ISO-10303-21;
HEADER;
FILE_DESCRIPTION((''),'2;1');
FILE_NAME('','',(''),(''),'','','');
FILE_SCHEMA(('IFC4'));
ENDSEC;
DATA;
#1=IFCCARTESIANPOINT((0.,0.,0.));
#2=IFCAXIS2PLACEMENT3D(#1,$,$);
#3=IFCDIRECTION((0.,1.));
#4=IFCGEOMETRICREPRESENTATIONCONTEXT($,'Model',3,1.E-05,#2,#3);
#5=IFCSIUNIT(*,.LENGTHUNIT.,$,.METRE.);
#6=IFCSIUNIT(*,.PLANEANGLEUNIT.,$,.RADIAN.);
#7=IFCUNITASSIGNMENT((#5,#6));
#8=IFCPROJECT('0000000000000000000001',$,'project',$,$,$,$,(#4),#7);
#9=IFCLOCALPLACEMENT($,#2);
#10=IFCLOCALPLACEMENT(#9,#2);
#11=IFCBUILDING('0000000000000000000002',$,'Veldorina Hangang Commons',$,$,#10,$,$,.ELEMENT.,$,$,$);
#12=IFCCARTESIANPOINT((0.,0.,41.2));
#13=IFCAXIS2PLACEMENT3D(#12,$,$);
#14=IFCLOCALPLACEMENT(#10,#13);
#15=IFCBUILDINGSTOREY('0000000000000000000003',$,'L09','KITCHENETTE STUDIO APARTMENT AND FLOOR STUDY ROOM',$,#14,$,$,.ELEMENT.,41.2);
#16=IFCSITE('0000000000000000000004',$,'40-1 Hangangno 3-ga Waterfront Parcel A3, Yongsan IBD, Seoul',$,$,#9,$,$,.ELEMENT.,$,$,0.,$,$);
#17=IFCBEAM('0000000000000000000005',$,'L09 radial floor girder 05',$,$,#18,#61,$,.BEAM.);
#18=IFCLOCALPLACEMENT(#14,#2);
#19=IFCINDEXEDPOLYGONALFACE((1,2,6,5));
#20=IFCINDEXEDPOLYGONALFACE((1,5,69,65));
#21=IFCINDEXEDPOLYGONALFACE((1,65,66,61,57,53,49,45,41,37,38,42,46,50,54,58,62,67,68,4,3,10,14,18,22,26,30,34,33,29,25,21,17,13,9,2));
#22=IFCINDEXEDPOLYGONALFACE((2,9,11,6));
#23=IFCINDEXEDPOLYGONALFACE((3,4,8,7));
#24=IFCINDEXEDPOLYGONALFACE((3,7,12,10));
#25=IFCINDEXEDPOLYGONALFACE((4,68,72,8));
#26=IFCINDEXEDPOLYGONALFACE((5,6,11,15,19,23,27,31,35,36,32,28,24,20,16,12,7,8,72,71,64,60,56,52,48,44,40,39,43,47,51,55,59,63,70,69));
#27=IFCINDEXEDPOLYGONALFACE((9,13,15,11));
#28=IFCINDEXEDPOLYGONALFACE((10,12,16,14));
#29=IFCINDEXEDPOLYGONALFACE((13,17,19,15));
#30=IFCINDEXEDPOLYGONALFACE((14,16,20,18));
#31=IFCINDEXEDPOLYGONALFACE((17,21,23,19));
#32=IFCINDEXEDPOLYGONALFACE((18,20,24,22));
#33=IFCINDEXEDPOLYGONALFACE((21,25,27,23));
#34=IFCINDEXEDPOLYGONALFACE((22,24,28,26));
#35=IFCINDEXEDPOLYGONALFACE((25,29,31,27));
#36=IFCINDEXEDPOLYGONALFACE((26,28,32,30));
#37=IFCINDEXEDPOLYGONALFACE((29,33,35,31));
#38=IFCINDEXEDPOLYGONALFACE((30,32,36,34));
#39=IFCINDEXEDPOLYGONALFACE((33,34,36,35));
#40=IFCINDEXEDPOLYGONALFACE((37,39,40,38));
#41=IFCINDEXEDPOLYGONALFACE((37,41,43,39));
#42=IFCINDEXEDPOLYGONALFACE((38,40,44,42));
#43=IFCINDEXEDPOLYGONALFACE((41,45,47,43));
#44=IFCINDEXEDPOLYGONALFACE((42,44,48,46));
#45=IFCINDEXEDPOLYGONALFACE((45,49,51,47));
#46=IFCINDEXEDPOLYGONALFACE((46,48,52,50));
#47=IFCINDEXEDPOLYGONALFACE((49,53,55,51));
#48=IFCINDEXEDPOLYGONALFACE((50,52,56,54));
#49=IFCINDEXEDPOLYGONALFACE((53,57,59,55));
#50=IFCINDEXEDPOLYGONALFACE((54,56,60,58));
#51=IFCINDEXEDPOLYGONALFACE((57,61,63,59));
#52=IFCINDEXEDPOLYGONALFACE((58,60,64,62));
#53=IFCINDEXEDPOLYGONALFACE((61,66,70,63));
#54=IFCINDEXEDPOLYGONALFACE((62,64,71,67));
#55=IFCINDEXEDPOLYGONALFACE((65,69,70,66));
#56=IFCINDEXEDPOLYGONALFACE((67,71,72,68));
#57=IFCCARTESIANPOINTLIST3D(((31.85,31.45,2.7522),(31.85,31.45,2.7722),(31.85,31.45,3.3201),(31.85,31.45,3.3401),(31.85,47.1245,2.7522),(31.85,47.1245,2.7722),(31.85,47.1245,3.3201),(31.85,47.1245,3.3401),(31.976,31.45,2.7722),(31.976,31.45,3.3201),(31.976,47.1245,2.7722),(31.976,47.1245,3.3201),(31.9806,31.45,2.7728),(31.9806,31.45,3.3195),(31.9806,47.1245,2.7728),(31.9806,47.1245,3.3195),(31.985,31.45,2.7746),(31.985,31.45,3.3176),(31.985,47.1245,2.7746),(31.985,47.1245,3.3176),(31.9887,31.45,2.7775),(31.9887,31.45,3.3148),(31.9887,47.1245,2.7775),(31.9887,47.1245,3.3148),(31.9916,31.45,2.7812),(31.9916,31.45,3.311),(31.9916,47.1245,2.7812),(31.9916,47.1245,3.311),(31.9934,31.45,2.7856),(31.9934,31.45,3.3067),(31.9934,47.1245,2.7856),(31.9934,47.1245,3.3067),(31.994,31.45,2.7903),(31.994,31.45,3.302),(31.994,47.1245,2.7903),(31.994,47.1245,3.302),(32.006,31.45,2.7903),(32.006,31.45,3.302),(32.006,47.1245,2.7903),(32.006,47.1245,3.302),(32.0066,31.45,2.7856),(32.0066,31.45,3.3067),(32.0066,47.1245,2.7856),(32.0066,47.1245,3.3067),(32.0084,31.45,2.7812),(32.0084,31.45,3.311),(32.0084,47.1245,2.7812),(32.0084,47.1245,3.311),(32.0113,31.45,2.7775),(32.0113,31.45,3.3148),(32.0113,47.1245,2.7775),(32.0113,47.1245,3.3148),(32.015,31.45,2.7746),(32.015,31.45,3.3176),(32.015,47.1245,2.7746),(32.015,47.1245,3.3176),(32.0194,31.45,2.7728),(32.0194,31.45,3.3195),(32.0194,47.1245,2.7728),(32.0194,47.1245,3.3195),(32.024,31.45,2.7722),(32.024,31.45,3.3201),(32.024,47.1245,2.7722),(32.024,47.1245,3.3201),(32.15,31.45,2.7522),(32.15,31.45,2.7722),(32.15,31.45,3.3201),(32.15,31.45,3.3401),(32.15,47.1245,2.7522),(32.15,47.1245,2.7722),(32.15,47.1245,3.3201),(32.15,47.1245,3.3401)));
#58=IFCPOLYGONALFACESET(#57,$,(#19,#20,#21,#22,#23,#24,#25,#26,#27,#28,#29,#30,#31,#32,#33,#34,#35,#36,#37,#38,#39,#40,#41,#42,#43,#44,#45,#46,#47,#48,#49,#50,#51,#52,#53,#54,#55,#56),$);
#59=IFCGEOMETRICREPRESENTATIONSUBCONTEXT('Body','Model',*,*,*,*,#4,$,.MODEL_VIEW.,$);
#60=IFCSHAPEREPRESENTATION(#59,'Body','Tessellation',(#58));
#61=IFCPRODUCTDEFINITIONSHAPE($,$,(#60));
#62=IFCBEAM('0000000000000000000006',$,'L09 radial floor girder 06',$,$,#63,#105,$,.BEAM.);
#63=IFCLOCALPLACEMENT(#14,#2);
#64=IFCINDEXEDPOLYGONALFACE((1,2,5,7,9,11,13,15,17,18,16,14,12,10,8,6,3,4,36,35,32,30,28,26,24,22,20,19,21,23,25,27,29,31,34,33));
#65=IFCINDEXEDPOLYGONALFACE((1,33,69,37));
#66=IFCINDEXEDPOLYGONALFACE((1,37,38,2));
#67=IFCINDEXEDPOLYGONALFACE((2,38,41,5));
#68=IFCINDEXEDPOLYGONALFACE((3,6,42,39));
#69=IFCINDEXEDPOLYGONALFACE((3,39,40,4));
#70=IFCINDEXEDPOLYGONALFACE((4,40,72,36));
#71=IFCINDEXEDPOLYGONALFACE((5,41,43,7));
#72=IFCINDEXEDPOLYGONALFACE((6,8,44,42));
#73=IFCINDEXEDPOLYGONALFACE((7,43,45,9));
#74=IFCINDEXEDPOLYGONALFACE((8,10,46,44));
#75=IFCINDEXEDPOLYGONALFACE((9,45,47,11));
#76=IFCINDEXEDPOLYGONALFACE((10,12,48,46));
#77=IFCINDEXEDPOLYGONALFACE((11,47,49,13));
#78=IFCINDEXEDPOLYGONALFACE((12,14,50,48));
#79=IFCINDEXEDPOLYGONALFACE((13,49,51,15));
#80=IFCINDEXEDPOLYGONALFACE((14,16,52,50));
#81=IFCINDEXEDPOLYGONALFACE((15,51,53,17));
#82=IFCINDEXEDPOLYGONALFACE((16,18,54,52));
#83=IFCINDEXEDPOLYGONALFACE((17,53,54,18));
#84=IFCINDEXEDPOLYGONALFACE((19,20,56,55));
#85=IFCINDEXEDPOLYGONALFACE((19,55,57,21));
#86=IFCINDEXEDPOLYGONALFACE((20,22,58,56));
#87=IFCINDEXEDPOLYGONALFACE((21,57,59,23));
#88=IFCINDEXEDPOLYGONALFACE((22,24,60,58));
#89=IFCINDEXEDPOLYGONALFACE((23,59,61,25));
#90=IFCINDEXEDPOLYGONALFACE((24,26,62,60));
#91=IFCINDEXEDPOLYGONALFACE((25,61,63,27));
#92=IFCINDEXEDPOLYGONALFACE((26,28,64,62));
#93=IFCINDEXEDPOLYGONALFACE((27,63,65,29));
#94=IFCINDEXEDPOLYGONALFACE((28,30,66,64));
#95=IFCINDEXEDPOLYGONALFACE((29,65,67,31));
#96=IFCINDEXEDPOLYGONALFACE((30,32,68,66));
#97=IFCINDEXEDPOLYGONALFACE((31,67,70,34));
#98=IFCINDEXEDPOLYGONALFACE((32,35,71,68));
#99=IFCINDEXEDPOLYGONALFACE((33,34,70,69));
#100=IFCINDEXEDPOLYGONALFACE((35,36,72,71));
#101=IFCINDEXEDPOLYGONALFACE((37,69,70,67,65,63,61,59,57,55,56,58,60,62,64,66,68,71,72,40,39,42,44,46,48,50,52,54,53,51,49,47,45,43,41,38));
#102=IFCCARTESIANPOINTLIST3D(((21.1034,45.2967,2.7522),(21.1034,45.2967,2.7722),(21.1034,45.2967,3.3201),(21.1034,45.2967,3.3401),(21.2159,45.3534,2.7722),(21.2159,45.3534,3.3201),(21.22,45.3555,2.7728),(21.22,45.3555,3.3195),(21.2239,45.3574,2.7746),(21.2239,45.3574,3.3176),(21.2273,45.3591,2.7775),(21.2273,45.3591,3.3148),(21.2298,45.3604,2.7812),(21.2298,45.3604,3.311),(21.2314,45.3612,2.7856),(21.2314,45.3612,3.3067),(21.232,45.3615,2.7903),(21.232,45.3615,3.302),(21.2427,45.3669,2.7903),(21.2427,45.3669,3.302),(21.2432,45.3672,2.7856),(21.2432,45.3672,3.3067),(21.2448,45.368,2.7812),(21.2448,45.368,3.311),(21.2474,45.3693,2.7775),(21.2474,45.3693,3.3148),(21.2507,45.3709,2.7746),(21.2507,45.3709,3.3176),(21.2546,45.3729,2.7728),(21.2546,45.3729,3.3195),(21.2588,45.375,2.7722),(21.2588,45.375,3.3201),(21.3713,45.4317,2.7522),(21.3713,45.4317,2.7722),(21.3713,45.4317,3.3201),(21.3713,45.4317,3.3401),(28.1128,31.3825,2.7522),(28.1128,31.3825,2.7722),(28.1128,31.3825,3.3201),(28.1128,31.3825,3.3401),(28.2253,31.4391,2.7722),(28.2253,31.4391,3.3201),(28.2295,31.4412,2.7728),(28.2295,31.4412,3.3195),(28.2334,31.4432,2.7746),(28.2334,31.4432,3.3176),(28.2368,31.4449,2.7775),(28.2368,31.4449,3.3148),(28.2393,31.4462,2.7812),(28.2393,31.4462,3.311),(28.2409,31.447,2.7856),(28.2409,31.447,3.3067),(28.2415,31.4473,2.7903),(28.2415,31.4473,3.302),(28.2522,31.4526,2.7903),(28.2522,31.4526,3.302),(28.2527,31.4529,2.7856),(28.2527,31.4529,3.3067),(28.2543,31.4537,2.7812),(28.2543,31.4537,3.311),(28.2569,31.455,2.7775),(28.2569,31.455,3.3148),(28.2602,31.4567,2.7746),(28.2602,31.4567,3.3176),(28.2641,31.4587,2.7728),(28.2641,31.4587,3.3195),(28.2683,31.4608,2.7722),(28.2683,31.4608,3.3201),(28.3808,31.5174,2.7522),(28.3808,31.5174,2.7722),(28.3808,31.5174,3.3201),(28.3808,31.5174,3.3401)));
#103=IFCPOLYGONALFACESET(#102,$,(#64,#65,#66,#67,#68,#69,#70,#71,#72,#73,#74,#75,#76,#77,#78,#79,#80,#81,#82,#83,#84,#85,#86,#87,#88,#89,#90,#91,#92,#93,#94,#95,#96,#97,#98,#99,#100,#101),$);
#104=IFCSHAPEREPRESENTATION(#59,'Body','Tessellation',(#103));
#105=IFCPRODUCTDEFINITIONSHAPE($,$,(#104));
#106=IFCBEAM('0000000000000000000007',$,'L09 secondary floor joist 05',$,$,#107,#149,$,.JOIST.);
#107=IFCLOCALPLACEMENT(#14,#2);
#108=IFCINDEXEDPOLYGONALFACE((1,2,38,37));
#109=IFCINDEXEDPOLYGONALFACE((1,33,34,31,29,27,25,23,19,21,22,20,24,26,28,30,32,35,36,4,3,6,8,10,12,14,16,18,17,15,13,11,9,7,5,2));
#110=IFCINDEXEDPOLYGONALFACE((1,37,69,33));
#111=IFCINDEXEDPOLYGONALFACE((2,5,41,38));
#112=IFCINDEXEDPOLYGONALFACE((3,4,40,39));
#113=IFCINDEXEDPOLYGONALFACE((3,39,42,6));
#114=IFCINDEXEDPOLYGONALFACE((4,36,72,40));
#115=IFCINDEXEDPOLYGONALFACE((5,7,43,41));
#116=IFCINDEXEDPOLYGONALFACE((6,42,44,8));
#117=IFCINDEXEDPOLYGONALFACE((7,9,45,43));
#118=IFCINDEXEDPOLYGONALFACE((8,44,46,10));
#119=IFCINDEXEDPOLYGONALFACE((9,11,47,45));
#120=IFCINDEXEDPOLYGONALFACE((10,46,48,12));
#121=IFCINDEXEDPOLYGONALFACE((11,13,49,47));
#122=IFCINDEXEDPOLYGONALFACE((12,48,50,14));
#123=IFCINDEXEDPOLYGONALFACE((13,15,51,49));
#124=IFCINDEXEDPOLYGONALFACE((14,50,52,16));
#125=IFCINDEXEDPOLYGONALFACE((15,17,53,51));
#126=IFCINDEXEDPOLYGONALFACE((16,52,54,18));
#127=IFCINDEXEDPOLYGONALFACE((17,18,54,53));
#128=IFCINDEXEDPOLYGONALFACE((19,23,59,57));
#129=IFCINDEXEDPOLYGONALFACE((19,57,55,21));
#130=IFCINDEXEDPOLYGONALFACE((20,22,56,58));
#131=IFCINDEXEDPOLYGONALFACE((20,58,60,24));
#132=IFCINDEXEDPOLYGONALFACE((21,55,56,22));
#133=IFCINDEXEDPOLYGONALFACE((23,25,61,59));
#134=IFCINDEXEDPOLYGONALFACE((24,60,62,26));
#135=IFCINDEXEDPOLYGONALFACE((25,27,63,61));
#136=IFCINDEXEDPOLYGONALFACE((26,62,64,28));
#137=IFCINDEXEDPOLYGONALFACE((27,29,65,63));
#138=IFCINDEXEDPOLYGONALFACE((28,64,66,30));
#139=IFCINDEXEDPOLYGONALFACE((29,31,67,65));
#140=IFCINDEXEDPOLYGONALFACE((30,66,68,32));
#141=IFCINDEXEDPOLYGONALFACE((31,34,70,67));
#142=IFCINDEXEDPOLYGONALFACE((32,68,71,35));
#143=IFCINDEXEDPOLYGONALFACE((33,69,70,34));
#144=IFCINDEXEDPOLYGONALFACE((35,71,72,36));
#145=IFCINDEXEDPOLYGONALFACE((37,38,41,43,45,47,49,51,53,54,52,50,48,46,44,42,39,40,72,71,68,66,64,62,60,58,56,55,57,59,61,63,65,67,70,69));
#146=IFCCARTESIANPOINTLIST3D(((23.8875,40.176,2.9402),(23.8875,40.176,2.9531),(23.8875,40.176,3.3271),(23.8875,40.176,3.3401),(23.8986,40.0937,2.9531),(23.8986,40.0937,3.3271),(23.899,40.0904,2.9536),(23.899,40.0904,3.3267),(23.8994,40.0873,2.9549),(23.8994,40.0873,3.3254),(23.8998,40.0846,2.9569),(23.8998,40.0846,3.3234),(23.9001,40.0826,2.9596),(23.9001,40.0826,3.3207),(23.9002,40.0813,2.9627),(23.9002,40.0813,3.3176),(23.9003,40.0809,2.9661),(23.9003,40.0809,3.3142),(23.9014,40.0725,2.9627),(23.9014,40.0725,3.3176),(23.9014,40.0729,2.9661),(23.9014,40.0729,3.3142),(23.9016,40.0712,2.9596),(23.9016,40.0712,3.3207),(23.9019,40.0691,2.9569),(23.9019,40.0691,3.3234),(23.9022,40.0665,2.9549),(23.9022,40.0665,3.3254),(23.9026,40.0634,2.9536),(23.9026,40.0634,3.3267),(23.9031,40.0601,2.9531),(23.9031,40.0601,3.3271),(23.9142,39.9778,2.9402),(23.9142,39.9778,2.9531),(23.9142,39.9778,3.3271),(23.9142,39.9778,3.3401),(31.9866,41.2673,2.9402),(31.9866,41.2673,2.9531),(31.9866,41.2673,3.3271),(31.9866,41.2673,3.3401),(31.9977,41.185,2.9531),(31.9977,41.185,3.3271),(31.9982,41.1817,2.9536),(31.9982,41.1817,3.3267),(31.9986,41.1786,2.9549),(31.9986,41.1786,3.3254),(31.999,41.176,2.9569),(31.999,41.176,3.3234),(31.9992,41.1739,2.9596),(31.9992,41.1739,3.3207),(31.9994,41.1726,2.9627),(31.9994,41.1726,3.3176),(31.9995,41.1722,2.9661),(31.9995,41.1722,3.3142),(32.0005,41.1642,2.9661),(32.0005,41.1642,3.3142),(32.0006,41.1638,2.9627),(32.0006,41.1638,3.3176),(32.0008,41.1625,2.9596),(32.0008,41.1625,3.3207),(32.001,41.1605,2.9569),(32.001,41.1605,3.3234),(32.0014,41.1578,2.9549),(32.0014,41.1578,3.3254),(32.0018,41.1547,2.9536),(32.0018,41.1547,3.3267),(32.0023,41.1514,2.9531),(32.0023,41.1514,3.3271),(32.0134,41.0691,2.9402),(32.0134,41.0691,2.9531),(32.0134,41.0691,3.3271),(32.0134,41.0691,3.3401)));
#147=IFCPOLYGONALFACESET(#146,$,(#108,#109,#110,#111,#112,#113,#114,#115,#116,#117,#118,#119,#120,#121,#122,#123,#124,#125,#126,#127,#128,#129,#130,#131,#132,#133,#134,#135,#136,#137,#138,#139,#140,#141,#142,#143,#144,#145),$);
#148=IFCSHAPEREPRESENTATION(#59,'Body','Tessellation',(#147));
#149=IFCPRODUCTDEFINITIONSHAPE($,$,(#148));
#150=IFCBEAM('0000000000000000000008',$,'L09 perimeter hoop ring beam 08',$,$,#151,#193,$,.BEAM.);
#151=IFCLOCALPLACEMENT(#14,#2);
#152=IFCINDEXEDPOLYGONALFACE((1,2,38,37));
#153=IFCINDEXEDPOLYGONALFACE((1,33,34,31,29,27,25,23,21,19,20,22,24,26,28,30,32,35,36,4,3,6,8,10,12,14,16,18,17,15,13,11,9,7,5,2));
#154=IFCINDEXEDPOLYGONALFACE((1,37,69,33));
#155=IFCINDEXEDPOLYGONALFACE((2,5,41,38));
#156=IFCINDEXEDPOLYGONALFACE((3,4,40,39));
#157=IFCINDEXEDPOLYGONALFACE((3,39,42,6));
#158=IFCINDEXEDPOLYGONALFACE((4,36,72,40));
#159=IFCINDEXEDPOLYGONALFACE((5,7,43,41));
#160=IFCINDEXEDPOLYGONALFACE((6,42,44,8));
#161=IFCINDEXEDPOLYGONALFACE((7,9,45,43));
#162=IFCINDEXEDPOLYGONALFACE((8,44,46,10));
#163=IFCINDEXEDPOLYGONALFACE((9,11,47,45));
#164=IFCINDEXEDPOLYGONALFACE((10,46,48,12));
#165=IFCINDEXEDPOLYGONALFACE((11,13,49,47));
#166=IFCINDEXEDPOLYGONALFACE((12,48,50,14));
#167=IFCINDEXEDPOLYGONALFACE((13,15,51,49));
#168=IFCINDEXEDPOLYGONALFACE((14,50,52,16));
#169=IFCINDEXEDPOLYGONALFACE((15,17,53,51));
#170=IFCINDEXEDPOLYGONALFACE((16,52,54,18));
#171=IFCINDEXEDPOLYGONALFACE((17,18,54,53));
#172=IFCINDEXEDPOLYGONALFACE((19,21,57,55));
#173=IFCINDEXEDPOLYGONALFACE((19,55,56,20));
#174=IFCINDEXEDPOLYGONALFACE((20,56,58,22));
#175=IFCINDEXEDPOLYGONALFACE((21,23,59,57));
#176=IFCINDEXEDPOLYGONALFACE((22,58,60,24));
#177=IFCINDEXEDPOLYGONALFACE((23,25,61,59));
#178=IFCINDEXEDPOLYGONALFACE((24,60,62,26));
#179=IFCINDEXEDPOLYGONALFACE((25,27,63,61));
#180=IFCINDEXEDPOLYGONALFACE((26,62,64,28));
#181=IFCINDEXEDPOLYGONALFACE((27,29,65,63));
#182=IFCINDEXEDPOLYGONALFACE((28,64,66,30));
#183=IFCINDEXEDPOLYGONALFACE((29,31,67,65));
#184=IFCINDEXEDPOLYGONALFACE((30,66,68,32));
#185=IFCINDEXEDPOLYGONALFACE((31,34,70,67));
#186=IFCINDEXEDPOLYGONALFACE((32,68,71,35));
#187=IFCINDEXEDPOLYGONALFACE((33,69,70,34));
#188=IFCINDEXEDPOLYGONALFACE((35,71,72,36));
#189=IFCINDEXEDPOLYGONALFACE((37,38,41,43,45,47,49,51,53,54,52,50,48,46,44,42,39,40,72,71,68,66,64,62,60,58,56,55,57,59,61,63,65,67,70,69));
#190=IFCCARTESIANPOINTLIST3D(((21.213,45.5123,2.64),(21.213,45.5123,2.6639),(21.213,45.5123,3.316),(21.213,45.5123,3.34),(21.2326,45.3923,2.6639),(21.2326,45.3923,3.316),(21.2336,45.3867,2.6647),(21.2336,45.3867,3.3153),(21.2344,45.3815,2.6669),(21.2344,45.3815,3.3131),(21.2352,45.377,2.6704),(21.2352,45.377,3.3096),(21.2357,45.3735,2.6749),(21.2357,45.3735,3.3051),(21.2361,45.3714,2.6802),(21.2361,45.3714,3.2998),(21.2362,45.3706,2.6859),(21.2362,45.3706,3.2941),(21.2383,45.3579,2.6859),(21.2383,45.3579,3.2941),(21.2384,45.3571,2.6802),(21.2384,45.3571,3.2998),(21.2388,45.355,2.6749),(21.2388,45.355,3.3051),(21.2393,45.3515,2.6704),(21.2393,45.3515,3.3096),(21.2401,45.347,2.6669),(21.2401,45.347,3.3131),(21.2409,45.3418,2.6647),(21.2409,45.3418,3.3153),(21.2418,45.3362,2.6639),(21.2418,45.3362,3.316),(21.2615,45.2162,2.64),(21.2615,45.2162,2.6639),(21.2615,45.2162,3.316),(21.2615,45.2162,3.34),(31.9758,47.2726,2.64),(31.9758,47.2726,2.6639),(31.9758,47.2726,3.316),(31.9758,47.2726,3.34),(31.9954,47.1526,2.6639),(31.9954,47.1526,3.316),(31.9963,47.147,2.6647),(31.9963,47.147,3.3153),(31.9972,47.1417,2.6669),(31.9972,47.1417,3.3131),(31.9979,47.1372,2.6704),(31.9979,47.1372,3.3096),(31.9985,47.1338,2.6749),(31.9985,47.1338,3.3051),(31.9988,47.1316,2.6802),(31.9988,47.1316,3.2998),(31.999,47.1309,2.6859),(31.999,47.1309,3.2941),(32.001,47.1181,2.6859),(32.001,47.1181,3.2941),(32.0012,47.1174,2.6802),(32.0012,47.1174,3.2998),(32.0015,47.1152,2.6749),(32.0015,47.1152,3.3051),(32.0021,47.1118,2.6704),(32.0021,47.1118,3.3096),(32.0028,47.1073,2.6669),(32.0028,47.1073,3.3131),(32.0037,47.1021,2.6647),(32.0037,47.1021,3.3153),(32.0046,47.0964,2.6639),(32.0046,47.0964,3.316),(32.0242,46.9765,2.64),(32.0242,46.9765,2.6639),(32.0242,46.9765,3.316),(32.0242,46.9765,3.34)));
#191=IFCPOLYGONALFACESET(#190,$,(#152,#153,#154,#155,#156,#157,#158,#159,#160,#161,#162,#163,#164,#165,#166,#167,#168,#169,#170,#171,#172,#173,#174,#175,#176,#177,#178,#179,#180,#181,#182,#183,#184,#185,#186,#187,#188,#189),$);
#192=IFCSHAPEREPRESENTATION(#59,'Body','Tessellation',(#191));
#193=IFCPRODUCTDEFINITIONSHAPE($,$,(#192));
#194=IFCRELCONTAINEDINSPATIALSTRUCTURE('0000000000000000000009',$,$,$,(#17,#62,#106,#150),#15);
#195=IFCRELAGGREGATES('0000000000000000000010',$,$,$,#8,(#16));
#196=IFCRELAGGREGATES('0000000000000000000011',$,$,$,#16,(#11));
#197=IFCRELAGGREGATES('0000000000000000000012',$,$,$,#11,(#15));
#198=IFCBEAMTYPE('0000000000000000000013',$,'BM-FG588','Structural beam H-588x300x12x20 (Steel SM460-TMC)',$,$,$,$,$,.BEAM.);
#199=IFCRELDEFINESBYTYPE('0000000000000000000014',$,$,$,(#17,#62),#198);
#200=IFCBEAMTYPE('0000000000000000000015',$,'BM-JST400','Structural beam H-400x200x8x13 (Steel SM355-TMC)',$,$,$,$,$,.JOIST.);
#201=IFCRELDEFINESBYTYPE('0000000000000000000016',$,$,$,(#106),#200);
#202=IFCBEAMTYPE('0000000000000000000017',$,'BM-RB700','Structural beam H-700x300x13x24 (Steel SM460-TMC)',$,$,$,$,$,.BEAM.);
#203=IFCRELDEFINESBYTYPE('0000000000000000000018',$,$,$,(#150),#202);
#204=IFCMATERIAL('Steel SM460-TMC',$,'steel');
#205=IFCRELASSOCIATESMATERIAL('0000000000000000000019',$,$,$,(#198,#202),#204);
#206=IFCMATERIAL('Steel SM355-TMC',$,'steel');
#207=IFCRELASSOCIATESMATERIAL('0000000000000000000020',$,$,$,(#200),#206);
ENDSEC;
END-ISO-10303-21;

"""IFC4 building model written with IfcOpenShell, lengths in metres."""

from ifc_helpers import new_model, si_unit, direction, frame, origin, origin_2d, place, context, subcontext, project, spatial, i_section, extrude, material, material_profile, profile_set, type_object, element, save


model = new_model("IFC4")

# Units and contexts
model_context = context("Model", 3, precision=1e-05, world=origin(), true_north=direction((0.0, 1.0)))
body_context = subcontext(model_context, "Body", "Model", "MODEL_VIEW")
ifc_project = project(units=[si_unit("LENGTHUNIT", "METRE"), si_unit("PLANEANGLEUNIT", "RADIAN")], contexts=[model_context])

# Site, building, storey
site_placement = place(None, origin())
site = spatial("IfcSite", under=ifc_project, at=site_placement, Name="40-1 Hangangno 3-ga Waterfront Parcel A3, Yongsan IBD, Seoul", CompositionType="ELEMENT", RefElevation=0.0)
building_placement = place(site_placement, origin())
building = spatial("IfcBuilding", under=site, at=building_placement, Name="Veldorina Hangang Commons", CompositionType="ELEMENT")
storey_placement = place(building_placement, frame((0.0, 0.0, 41.2)))
storey = spatial("IfcBuildingStorey", under=building, at=storey_placement, Name="L09", Description="KITCHENETTE STUDIO APARTMENT AND FLOOR STUDY ROOM", CompositionType="ELEMENT", Elevation=41.2)

# Beams
ifc_material_1 = material(Name="Steel SM460-TMC", Category="steel")
ifc_material_profile_1 = material_profile(ifc_material_1, i_section(OverallWidth=0.3, OverallDepth=0.5879, WebThickness=0.012, FlangeThickness=0.02, FilletRadius=0.0181, at=origin_2d()), Name="H-588x300x12x20")
ifc_profile_set_1 = profile_set([ifc_material_profile_1], Name="Steel SM460-TMC")
beam_type_1 = type_object("IfcBeamType", Name="BM-FG588", Description="Structural beam H-588x300x12x20 (Steel SM460-TMC)", PredefinedType="BEAM", material=ifc_profile_set_1)
beam_1_placement = place(storey_placement, frame((32.0, 31.45, 3.0461), z_axis=(0.0, 1.0, 0.0), x_axis=(-1.0, 0.0, 0.0)))
element("IfcBeam", 1, at=beam_1_placement, inside=storey, type_object=beam_type_1, Name="L09 radial floor girder 05", PredefinedType="BEAM", context=body_context, shape_type="SweptSolid", body=[
    extrude(i_section(OverallWidth=0.3, OverallDepth=0.5879, WebThickness=0.012, FlangeThickness=0.02, FilletRadius=0.0181, at=origin_2d()), origin(), (0.0, 0.0, 1.0), 15.6746),
])
beam_2_placement = place(storey_placement, frame((28.2468, 31.45, 3.0461), z_axis=(-0.449901, 0.893079, 0.0), x_axis=(-0.893079, -0.449901, 0.0)))
element("IfcBeam", 2, at=beam_2_placement, inside=storey, type_object=beam_type_1, Name="L09 radial floor girder 06", PredefinedType="BEAM", context=body_context, shape_type="SweptSolid", body=[
    extrude(i_section(OverallWidth=0.3, OverallDepth=0.5879, WebThickness=0.012, FlangeThickness=0.02, FilletRadius=0.0181, at=origin_2d()), origin(), (0.0, 0.0, 1.0), 15.5801),
])
ifc_material_2 = material(Name="Steel SM355-TMC", Category="steel")
ifc_material_profile_2 = material_profile(ifc_material_2, i_section(OverallWidth=0.2, OverallDepth=0.3999, WebThickness=0.0081, FlangeThickness=0.0129, FilletRadius=0.0129, at=origin_2d()), Name="H-400x200x8x13")
ifc_profile_set_2 = profile_set([ifc_material_profile_2], Name="Steel SM355-TMC")
beam_type_2 = type_object("IfcBeamType", Name="BM-JST400", Description="Structural beam H-400x200x8x13 (Steel SM355-TMC)", PredefinedType="JOIST", material=ifc_profile_set_2)
beam_3_placement = place(storey_placement, frame((32.0, 41.1682, 3.1401), z_axis=(-0.991044, -0.133537, 0.0), x_axis=(0.133537, -0.991044, 0.0)))
element("IfcBeam", 3, at=beam_3_placement, inside=storey, type_object=beam_type_2, Name="L09 secondary floor joist 05", PredefinedType="JOIST", context=body_context, shape_type="SweptSolid", body=[
    extrude(i_section(OverallWidth=0.2, OverallDepth=0.3999, WebThickness=0.0081, FlangeThickness=0.0129, FilletRadius=0.0129, at=origin_2d()), origin(), (0.0, 0.0, 1.0), 8.1724),
])
ifc_material_profile_3 = material_profile(ifc_material_1, i_section(OverallWidth=0.3, OverallDepth=0.7, WebThickness=0.0129, FlangeThickness=0.0239, FilletRadius=0.022, at=origin_2d()), Name="H-700x300x13x24")
ifc_profile_set_3 = profile_set([ifc_material_profile_3], Name="Steel SM460-TMC")
beam_type_3 = type_object("IfcBeamType", Name="BM-RB700", Description="Structural beam H-700x300x13x24 (Steel SM460-TMC)", PredefinedType="BEAM", material=ifc_profile_set_3)
beam_4_placement = place(storey_placement, frame((32.0, 47.1245, 2.99), z_axis=(-0.986888, -0.161407, 0.0), x_axis=(0.161407, -0.986888, 0.0)))
element("IfcBeam", 4, at=beam_4_placement, inside=storey, type_object=beam_type_3, Name="L09 perimeter hoop ring beam 08", PredefinedType="BEAM", context=body_context, shape_type="SweptSolid", body=[
    extrude(i_section(OverallWidth=0.3, OverallDepth=0.7, WebThickness=0.0129, FlangeThickness=0.0239, FilletRadius=0.022, at=origin_2d()), origin(), (0.0, 0.0, 1.0), 10.9058),
])

save(model, "model.ifc")
